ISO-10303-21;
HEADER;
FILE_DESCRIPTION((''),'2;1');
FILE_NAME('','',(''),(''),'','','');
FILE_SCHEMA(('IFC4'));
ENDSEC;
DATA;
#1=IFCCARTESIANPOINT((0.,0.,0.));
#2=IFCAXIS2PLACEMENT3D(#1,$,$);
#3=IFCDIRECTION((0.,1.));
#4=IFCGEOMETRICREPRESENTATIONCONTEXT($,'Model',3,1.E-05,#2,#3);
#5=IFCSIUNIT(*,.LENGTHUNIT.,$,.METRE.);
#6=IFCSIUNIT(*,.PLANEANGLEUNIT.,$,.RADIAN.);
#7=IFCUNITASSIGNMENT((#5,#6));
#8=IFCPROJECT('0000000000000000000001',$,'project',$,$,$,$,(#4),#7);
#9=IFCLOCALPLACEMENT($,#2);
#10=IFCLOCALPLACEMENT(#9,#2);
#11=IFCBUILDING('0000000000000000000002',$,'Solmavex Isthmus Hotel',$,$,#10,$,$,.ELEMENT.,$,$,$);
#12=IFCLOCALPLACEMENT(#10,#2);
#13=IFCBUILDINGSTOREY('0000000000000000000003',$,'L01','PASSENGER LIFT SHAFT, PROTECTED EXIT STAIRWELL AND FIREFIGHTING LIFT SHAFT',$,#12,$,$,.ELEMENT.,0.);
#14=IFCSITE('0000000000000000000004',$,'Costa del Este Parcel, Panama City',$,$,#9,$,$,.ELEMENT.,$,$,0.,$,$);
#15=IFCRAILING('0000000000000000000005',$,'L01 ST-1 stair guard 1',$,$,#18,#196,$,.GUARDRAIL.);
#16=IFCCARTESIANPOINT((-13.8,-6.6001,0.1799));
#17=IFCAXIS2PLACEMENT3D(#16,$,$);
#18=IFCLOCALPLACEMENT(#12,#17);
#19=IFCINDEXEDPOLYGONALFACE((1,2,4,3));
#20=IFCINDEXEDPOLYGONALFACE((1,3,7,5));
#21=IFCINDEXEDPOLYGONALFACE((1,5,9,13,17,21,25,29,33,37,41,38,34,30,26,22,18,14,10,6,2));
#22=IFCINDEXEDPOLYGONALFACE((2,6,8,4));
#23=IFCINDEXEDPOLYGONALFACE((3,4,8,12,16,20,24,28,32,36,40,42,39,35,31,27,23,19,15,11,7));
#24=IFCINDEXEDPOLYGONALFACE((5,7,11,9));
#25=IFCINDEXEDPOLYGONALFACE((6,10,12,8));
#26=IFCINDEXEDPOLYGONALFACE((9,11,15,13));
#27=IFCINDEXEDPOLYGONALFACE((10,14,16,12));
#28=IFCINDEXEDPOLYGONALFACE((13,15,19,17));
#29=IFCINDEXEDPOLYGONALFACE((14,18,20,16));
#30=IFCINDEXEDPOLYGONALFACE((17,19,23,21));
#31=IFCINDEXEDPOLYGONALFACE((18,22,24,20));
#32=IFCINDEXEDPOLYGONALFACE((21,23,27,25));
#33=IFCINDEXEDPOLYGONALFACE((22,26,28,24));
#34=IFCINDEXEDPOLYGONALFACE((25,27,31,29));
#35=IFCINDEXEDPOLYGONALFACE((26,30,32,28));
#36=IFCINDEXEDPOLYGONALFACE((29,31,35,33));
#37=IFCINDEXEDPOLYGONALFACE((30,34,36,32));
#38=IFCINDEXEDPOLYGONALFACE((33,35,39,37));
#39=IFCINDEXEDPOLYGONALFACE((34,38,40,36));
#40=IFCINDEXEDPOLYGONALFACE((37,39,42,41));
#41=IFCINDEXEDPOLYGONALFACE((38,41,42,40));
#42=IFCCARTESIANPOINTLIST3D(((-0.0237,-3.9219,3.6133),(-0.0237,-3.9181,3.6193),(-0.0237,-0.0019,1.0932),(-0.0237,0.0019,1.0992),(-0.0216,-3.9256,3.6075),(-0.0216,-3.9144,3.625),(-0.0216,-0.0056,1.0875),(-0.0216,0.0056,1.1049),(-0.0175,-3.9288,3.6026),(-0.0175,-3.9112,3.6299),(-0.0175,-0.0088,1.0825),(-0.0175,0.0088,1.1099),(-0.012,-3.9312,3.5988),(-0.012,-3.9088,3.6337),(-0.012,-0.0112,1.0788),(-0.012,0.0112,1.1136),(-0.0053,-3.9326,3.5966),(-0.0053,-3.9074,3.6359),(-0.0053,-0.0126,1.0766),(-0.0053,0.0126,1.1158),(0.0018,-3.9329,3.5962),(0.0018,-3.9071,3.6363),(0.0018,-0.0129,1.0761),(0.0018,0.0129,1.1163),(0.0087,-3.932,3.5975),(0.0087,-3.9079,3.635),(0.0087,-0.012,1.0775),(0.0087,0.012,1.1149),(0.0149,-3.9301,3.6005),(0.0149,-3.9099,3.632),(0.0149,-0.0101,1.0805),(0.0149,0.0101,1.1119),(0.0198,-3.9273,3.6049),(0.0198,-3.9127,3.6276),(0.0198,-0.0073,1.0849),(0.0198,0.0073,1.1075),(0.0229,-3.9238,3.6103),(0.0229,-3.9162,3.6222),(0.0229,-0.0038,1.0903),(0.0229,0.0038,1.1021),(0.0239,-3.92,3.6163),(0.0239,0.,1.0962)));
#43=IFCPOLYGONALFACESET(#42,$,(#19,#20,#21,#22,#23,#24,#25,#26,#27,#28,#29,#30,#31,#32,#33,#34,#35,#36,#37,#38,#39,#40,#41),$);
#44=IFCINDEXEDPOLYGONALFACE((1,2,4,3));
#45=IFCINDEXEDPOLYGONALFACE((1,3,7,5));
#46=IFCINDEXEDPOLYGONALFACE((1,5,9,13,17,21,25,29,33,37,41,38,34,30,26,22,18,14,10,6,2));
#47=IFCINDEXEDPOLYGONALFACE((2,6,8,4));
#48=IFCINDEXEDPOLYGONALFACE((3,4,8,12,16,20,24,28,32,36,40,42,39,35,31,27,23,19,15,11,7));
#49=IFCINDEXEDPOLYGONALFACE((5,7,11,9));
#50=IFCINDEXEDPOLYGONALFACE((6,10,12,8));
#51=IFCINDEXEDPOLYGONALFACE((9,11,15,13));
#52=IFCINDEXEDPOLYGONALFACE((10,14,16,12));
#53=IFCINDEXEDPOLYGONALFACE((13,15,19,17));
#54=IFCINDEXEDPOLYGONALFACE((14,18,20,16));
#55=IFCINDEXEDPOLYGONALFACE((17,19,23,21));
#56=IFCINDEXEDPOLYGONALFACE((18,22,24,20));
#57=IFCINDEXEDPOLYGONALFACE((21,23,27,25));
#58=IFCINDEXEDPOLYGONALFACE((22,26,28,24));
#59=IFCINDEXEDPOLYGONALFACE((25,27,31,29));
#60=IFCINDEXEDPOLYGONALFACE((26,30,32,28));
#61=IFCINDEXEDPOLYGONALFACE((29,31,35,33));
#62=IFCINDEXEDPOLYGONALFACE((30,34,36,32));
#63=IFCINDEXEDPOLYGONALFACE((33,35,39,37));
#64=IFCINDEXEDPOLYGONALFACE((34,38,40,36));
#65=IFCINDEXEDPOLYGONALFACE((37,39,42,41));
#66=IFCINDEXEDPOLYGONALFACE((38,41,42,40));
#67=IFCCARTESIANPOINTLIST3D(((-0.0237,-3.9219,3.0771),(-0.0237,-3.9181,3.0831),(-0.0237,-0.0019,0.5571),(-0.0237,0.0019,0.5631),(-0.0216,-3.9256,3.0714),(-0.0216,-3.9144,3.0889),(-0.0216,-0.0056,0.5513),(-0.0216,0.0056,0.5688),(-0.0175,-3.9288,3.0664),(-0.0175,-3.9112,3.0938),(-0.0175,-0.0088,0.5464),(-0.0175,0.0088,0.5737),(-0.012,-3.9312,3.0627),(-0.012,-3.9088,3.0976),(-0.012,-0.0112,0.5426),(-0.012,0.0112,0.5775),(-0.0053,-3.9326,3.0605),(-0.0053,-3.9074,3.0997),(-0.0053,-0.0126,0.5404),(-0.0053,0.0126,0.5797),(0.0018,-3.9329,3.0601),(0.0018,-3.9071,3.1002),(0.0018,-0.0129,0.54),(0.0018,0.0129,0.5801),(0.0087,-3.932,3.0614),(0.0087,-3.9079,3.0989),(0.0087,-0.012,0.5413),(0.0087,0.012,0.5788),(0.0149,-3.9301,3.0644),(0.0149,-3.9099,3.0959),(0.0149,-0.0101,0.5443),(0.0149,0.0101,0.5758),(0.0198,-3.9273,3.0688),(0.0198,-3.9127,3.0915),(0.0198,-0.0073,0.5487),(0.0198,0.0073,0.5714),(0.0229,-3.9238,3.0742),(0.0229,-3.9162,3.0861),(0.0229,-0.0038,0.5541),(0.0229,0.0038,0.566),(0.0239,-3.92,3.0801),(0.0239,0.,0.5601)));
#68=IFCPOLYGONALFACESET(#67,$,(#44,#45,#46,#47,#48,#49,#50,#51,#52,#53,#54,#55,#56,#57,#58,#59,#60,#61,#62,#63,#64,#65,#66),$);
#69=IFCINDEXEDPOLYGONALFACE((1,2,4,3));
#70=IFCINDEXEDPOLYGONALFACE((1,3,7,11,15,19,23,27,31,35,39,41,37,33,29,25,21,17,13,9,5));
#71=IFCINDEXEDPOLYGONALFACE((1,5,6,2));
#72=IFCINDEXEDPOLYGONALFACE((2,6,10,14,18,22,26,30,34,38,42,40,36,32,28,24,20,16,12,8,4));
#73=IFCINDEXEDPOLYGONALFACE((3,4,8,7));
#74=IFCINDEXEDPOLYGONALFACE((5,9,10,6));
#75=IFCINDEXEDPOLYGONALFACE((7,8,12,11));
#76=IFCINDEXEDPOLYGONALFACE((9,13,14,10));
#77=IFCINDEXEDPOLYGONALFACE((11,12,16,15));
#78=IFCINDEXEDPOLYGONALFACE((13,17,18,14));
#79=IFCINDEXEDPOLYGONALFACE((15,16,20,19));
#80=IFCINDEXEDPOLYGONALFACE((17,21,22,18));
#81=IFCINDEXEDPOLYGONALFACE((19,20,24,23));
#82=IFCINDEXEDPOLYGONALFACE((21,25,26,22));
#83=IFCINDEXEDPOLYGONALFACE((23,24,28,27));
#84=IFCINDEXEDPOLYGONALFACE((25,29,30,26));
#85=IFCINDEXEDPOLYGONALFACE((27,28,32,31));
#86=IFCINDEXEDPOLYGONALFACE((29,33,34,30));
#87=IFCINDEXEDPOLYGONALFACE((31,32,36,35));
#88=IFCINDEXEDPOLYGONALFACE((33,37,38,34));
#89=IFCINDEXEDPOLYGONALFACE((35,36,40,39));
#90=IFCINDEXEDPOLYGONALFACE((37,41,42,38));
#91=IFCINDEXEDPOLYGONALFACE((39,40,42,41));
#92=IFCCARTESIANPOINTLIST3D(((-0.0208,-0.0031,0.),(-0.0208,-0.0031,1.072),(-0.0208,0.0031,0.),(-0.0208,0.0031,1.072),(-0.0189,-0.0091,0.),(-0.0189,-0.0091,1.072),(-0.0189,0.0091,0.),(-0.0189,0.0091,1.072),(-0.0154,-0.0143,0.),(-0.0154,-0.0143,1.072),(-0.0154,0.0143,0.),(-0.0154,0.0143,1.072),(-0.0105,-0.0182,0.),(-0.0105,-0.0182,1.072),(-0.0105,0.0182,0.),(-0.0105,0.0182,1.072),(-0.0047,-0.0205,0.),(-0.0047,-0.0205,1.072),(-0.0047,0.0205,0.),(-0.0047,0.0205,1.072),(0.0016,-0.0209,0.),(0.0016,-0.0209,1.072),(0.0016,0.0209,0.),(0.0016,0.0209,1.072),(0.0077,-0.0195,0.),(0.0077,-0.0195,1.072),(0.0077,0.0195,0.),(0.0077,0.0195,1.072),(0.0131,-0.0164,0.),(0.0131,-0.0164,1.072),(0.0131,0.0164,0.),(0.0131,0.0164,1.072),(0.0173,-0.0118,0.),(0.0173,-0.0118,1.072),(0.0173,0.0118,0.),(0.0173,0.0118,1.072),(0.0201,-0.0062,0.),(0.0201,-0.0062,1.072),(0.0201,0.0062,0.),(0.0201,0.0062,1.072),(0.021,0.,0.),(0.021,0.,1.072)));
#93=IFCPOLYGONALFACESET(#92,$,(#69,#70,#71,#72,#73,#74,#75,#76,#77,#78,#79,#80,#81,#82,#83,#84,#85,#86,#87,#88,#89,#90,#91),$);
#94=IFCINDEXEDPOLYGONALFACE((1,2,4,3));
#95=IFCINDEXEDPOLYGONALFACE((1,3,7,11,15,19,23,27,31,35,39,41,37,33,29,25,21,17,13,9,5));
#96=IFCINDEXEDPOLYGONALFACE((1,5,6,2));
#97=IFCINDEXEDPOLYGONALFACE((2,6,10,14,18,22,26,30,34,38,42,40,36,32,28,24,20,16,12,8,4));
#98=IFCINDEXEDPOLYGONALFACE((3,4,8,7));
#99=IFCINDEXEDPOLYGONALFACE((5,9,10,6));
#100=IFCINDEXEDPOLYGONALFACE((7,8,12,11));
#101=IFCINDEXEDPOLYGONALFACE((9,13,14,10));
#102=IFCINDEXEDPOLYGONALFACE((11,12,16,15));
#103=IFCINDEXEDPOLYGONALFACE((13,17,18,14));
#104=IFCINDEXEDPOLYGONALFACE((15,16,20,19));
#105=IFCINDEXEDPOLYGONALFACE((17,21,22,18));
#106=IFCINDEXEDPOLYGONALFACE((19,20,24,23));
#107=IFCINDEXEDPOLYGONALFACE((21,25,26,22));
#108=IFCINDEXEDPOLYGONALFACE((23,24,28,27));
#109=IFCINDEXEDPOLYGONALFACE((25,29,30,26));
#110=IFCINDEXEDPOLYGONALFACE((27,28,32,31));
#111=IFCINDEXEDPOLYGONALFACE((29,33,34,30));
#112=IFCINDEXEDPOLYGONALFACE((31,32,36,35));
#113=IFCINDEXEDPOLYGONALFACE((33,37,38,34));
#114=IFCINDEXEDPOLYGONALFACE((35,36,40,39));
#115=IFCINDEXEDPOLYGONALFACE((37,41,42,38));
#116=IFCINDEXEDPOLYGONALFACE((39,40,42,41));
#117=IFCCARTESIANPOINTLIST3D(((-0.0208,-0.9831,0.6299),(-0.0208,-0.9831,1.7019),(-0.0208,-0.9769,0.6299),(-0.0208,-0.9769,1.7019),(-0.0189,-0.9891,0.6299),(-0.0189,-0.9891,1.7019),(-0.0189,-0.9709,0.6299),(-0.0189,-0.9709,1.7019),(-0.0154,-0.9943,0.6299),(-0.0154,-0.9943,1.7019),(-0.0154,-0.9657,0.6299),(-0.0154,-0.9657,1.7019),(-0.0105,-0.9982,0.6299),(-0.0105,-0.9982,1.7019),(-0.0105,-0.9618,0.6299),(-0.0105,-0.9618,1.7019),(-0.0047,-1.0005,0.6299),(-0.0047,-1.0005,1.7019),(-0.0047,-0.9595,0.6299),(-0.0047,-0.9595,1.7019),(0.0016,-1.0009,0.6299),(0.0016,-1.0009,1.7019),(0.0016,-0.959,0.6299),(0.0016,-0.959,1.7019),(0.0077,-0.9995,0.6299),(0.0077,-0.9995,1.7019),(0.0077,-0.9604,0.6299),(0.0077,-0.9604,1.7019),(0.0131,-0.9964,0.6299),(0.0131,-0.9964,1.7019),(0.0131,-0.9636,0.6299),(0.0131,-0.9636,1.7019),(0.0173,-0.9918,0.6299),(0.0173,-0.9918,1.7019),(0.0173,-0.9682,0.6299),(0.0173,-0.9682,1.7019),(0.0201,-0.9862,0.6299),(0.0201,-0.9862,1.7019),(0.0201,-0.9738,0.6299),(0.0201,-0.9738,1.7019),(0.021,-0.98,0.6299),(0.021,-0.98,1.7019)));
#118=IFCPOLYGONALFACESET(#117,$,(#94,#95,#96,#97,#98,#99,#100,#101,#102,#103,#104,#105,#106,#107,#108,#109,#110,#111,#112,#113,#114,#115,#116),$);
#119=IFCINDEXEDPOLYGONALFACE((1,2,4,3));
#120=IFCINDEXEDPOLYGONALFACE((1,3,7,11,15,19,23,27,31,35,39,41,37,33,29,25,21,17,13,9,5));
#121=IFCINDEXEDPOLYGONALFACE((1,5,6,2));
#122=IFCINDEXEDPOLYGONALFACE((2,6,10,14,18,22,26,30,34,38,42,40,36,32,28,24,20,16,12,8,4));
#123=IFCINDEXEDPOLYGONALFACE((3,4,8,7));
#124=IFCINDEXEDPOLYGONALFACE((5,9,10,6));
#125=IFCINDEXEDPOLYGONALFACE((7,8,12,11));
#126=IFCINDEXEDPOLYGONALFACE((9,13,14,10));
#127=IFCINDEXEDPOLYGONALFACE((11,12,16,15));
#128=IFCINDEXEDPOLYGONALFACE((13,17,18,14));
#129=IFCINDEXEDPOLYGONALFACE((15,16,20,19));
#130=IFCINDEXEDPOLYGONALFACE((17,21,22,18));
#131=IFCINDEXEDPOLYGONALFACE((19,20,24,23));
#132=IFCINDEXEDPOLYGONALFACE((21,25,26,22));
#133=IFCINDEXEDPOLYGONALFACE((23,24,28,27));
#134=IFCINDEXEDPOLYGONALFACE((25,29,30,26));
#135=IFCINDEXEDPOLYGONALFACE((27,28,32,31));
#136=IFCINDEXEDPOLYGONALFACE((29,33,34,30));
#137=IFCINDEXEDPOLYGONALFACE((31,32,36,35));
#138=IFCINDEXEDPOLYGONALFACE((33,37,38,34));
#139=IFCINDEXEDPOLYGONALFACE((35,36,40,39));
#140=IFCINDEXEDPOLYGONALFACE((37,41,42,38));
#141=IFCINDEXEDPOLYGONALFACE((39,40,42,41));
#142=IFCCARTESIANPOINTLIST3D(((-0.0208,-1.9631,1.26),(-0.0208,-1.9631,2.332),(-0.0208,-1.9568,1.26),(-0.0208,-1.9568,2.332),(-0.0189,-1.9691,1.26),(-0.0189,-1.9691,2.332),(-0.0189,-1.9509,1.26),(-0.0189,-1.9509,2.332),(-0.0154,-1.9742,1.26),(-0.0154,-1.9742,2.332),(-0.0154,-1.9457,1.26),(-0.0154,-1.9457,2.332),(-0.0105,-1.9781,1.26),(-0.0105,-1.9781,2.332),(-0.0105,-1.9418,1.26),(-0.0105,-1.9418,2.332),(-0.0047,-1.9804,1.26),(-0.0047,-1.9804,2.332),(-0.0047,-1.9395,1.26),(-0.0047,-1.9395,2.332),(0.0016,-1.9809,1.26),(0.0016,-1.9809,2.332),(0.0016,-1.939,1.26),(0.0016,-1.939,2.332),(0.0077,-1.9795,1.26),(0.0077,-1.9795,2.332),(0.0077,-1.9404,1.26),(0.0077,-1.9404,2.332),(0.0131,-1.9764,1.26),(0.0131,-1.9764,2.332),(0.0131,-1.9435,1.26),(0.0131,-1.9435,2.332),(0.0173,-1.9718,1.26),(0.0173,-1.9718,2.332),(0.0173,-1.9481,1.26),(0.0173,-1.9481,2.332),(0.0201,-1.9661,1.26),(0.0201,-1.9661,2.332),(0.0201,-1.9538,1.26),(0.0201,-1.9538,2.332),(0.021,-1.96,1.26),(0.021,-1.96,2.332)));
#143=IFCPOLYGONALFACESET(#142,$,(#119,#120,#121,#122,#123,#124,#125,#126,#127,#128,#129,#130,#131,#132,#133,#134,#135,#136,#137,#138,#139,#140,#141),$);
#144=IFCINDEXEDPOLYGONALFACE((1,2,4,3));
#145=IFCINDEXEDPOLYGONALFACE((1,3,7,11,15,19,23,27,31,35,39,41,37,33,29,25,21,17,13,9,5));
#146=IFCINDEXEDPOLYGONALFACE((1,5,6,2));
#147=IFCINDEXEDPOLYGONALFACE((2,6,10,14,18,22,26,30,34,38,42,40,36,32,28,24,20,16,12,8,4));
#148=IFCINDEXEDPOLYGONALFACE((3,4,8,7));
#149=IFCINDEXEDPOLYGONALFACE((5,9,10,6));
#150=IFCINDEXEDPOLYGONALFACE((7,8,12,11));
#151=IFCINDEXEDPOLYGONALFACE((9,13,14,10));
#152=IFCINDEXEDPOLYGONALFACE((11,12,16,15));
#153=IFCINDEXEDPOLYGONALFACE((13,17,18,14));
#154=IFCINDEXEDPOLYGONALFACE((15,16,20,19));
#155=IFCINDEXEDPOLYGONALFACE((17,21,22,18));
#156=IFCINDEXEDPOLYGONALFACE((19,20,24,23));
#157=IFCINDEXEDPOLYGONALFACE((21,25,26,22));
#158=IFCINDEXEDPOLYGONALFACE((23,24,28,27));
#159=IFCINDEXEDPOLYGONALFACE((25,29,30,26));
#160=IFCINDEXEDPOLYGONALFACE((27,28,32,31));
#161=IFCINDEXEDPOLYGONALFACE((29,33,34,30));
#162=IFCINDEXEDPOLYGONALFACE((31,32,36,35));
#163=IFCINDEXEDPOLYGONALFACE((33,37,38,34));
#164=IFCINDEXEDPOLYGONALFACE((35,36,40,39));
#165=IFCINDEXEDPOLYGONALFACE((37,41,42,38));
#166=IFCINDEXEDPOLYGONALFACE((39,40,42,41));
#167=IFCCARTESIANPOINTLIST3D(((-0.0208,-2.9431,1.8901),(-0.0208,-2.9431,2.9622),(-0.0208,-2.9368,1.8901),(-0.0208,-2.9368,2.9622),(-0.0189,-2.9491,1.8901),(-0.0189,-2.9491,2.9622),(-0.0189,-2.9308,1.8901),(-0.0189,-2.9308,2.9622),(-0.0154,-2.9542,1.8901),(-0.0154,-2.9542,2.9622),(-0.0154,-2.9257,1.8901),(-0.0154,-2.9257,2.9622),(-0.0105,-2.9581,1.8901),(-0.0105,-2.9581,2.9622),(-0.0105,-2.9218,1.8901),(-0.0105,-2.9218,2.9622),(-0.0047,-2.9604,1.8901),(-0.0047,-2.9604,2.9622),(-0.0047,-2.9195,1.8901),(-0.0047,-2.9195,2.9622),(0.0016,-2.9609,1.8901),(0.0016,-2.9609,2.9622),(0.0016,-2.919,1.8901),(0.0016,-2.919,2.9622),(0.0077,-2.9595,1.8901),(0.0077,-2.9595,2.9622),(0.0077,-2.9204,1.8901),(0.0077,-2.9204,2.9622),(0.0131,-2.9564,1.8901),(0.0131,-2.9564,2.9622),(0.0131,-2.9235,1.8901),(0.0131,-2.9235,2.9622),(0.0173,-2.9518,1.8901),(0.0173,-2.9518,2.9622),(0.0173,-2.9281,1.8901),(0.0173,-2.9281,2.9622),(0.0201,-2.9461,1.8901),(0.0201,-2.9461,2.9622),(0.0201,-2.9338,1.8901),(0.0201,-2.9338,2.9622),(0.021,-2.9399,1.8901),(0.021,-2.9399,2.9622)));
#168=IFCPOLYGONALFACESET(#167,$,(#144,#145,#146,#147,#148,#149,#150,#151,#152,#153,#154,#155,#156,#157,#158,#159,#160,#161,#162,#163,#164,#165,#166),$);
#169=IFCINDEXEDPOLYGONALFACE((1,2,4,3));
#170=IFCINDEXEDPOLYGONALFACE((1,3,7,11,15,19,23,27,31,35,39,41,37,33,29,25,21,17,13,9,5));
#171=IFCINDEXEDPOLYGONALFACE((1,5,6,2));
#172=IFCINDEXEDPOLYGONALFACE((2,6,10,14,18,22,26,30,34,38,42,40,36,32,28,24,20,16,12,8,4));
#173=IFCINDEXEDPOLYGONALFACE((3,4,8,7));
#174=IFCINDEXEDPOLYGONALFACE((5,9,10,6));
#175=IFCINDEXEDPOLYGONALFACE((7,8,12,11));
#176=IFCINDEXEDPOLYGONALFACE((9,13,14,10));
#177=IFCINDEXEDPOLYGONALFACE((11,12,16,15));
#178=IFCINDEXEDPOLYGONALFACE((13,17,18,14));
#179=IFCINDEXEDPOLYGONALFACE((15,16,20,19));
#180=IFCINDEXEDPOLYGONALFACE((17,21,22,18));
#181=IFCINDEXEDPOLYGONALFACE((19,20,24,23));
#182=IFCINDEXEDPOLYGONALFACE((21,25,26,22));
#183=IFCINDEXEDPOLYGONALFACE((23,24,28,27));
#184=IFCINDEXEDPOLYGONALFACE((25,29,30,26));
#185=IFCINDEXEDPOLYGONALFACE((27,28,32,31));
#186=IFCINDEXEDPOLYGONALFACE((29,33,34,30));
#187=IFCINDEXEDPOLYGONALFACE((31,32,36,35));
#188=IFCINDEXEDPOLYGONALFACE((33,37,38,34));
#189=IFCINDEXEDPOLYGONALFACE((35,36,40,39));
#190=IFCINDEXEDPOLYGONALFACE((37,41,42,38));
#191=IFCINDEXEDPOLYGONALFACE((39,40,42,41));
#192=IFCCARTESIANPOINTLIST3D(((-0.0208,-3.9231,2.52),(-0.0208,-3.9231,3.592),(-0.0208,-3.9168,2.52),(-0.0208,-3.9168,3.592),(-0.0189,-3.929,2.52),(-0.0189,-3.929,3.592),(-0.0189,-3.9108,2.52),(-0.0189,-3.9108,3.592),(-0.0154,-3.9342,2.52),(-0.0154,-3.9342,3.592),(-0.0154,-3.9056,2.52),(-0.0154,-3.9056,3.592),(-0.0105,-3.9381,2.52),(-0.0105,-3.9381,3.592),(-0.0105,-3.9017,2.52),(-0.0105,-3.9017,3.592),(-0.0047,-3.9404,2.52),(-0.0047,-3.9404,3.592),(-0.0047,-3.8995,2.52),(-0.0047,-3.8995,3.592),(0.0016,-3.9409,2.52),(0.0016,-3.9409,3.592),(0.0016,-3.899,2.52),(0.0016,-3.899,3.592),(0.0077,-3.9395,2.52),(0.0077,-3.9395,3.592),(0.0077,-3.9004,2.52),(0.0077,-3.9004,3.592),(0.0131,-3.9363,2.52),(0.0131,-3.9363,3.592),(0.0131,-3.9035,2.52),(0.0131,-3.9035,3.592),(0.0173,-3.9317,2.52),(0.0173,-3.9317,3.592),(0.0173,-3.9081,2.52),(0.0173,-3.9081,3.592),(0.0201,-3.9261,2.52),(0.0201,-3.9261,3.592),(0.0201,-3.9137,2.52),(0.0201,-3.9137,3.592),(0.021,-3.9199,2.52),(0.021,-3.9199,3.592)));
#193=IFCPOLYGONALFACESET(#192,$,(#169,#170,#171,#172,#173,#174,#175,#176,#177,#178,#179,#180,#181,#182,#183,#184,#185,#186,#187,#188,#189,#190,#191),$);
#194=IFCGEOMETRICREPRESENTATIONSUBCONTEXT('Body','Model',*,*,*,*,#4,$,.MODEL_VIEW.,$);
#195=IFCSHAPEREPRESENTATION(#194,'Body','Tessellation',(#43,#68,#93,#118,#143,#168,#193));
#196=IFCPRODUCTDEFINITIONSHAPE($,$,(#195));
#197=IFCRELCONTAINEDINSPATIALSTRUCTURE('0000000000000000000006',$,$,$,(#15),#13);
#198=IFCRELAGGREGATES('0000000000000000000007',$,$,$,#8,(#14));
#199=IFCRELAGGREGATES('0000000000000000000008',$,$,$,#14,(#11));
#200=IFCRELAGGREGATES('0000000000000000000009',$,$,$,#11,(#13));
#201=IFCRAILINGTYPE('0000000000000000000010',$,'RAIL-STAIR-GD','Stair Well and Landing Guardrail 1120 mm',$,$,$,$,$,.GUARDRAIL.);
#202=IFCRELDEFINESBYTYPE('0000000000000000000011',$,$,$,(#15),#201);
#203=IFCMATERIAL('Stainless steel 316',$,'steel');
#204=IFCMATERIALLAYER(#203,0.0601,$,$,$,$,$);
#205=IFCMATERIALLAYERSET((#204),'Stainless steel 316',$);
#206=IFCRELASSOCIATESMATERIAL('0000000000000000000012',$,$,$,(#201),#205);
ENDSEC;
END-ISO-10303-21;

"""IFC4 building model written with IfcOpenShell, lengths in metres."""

from ifc_helpers import new_model, si_unit, direction, frame, origin, origin_2d, place, context, subcontext, project, spatial, circle, extrude, material, layer, layer_set, type_object, element, save


model = new_model("IFC4")

# Units and contexts
model_context = context("Model", 3, precision=1e-05, world=origin(), true_north=direction((0.0, 1.0)))
body_context = subcontext(model_context, "Body", "Model", "MODEL_VIEW")
ifc_project = project(units=[si_unit("LENGTHUNIT", "METRE"), si_unit("PLANEANGLEUNIT", "RADIAN")], contexts=[model_context])

# Site, building, storey
site_placement = place(None, origin())
site = spatial("IfcSite", under=ifc_project, at=site_placement, Name="Costa del Este Parcel, Panama City", CompositionType="ELEMENT", RefElevation=0.0)
building_placement = place(site_placement, origin())
building = spatial("IfcBuilding", under=site, at=building_placement, Name="Solmavex Isthmus Hotel", CompositionType="ELEMENT")
storey_placement = place(building_placement, origin())
storey = spatial("IfcBuildingStorey", under=building, at=storey_placement, Name="L01", Description="PASSENGER LIFT SHAFT, PROTECTED EXIT STAIRWELL AND FIREFIGHTING LIFT SHAFT", CompositionType="ELEMENT", Elevation=0.0)

# Railing
ifc_material_1 = material(Name="Stainless steel 316", Category="steel")
ifc_layer_1 = layer(ifc_material_1, 0.0601)
ifc_layer_set_1 = layer_set([ifc_layer_1], Name="Stainless steel 316")
railing_type_1 = type_object("IfcRailingType", Name="RAIL-STAIR-GD", Description="Stair Well and Landing Guardrail 1120 mm", PredefinedType="GUARDRAIL", material=ifc_layer_set_1)
railing_1_placement = place(storey_placement, frame((-13.8, -6.6001, 0.1799)))
element("IfcRailing", 1, at=railing_1_placement, inside=storey, type_object=railing_type_1, Name="L01 ST-1 stair guard 1", PredefinedType="GUARDRAIL", context=body_context, shape_type="SweptSolid", body=[
    extrude(circle(Radius=0.0239, at=origin_2d()), frame((0.0, 0.0, 1.0962), z_axis=(0.0, -0.841172, 0.540768), x_axis=(1.0, 0.0, 0.0)), (0.0, 0.0, 1.0), 4.6602),
    extrude(circle(Radius=0.0239, at=origin_2d()), frame((0.0, 0.0, 0.5601), z_axis=(0.0, -0.841172, 0.540768), x_axis=(1.0, 0.0, 0.0)), (0.0, 0.0, 1.0), 4.6602),
    extrude(circle(Radius=0.021, at=origin_2d()), origin(), (0.0, 0.0, 1.0), 1.072),
    extrude(circle(Radius=0.021, at=origin_2d()), frame((0.0, -0.98, 0.6299)), (0.0, 0.0, 1.0), 1.072),
    extrude(circle(Radius=0.021, at=origin_2d()), frame((0.0, -1.96, 1.26)), (0.0, 0.0, 1.0), 1.072),
    extrude(circle(Radius=0.021, at=origin_2d()), frame((0.0, -2.9399, 1.8901)), (0.0, 0.0, 1.0), 1.072),
    extrude(circle(Radius=0.021, at=origin_2d()), frame((0.0, -3.9199, 2.52)), (0.0, 0.0, 1.0), 1.072),
])

save(model, "model.ifc")
